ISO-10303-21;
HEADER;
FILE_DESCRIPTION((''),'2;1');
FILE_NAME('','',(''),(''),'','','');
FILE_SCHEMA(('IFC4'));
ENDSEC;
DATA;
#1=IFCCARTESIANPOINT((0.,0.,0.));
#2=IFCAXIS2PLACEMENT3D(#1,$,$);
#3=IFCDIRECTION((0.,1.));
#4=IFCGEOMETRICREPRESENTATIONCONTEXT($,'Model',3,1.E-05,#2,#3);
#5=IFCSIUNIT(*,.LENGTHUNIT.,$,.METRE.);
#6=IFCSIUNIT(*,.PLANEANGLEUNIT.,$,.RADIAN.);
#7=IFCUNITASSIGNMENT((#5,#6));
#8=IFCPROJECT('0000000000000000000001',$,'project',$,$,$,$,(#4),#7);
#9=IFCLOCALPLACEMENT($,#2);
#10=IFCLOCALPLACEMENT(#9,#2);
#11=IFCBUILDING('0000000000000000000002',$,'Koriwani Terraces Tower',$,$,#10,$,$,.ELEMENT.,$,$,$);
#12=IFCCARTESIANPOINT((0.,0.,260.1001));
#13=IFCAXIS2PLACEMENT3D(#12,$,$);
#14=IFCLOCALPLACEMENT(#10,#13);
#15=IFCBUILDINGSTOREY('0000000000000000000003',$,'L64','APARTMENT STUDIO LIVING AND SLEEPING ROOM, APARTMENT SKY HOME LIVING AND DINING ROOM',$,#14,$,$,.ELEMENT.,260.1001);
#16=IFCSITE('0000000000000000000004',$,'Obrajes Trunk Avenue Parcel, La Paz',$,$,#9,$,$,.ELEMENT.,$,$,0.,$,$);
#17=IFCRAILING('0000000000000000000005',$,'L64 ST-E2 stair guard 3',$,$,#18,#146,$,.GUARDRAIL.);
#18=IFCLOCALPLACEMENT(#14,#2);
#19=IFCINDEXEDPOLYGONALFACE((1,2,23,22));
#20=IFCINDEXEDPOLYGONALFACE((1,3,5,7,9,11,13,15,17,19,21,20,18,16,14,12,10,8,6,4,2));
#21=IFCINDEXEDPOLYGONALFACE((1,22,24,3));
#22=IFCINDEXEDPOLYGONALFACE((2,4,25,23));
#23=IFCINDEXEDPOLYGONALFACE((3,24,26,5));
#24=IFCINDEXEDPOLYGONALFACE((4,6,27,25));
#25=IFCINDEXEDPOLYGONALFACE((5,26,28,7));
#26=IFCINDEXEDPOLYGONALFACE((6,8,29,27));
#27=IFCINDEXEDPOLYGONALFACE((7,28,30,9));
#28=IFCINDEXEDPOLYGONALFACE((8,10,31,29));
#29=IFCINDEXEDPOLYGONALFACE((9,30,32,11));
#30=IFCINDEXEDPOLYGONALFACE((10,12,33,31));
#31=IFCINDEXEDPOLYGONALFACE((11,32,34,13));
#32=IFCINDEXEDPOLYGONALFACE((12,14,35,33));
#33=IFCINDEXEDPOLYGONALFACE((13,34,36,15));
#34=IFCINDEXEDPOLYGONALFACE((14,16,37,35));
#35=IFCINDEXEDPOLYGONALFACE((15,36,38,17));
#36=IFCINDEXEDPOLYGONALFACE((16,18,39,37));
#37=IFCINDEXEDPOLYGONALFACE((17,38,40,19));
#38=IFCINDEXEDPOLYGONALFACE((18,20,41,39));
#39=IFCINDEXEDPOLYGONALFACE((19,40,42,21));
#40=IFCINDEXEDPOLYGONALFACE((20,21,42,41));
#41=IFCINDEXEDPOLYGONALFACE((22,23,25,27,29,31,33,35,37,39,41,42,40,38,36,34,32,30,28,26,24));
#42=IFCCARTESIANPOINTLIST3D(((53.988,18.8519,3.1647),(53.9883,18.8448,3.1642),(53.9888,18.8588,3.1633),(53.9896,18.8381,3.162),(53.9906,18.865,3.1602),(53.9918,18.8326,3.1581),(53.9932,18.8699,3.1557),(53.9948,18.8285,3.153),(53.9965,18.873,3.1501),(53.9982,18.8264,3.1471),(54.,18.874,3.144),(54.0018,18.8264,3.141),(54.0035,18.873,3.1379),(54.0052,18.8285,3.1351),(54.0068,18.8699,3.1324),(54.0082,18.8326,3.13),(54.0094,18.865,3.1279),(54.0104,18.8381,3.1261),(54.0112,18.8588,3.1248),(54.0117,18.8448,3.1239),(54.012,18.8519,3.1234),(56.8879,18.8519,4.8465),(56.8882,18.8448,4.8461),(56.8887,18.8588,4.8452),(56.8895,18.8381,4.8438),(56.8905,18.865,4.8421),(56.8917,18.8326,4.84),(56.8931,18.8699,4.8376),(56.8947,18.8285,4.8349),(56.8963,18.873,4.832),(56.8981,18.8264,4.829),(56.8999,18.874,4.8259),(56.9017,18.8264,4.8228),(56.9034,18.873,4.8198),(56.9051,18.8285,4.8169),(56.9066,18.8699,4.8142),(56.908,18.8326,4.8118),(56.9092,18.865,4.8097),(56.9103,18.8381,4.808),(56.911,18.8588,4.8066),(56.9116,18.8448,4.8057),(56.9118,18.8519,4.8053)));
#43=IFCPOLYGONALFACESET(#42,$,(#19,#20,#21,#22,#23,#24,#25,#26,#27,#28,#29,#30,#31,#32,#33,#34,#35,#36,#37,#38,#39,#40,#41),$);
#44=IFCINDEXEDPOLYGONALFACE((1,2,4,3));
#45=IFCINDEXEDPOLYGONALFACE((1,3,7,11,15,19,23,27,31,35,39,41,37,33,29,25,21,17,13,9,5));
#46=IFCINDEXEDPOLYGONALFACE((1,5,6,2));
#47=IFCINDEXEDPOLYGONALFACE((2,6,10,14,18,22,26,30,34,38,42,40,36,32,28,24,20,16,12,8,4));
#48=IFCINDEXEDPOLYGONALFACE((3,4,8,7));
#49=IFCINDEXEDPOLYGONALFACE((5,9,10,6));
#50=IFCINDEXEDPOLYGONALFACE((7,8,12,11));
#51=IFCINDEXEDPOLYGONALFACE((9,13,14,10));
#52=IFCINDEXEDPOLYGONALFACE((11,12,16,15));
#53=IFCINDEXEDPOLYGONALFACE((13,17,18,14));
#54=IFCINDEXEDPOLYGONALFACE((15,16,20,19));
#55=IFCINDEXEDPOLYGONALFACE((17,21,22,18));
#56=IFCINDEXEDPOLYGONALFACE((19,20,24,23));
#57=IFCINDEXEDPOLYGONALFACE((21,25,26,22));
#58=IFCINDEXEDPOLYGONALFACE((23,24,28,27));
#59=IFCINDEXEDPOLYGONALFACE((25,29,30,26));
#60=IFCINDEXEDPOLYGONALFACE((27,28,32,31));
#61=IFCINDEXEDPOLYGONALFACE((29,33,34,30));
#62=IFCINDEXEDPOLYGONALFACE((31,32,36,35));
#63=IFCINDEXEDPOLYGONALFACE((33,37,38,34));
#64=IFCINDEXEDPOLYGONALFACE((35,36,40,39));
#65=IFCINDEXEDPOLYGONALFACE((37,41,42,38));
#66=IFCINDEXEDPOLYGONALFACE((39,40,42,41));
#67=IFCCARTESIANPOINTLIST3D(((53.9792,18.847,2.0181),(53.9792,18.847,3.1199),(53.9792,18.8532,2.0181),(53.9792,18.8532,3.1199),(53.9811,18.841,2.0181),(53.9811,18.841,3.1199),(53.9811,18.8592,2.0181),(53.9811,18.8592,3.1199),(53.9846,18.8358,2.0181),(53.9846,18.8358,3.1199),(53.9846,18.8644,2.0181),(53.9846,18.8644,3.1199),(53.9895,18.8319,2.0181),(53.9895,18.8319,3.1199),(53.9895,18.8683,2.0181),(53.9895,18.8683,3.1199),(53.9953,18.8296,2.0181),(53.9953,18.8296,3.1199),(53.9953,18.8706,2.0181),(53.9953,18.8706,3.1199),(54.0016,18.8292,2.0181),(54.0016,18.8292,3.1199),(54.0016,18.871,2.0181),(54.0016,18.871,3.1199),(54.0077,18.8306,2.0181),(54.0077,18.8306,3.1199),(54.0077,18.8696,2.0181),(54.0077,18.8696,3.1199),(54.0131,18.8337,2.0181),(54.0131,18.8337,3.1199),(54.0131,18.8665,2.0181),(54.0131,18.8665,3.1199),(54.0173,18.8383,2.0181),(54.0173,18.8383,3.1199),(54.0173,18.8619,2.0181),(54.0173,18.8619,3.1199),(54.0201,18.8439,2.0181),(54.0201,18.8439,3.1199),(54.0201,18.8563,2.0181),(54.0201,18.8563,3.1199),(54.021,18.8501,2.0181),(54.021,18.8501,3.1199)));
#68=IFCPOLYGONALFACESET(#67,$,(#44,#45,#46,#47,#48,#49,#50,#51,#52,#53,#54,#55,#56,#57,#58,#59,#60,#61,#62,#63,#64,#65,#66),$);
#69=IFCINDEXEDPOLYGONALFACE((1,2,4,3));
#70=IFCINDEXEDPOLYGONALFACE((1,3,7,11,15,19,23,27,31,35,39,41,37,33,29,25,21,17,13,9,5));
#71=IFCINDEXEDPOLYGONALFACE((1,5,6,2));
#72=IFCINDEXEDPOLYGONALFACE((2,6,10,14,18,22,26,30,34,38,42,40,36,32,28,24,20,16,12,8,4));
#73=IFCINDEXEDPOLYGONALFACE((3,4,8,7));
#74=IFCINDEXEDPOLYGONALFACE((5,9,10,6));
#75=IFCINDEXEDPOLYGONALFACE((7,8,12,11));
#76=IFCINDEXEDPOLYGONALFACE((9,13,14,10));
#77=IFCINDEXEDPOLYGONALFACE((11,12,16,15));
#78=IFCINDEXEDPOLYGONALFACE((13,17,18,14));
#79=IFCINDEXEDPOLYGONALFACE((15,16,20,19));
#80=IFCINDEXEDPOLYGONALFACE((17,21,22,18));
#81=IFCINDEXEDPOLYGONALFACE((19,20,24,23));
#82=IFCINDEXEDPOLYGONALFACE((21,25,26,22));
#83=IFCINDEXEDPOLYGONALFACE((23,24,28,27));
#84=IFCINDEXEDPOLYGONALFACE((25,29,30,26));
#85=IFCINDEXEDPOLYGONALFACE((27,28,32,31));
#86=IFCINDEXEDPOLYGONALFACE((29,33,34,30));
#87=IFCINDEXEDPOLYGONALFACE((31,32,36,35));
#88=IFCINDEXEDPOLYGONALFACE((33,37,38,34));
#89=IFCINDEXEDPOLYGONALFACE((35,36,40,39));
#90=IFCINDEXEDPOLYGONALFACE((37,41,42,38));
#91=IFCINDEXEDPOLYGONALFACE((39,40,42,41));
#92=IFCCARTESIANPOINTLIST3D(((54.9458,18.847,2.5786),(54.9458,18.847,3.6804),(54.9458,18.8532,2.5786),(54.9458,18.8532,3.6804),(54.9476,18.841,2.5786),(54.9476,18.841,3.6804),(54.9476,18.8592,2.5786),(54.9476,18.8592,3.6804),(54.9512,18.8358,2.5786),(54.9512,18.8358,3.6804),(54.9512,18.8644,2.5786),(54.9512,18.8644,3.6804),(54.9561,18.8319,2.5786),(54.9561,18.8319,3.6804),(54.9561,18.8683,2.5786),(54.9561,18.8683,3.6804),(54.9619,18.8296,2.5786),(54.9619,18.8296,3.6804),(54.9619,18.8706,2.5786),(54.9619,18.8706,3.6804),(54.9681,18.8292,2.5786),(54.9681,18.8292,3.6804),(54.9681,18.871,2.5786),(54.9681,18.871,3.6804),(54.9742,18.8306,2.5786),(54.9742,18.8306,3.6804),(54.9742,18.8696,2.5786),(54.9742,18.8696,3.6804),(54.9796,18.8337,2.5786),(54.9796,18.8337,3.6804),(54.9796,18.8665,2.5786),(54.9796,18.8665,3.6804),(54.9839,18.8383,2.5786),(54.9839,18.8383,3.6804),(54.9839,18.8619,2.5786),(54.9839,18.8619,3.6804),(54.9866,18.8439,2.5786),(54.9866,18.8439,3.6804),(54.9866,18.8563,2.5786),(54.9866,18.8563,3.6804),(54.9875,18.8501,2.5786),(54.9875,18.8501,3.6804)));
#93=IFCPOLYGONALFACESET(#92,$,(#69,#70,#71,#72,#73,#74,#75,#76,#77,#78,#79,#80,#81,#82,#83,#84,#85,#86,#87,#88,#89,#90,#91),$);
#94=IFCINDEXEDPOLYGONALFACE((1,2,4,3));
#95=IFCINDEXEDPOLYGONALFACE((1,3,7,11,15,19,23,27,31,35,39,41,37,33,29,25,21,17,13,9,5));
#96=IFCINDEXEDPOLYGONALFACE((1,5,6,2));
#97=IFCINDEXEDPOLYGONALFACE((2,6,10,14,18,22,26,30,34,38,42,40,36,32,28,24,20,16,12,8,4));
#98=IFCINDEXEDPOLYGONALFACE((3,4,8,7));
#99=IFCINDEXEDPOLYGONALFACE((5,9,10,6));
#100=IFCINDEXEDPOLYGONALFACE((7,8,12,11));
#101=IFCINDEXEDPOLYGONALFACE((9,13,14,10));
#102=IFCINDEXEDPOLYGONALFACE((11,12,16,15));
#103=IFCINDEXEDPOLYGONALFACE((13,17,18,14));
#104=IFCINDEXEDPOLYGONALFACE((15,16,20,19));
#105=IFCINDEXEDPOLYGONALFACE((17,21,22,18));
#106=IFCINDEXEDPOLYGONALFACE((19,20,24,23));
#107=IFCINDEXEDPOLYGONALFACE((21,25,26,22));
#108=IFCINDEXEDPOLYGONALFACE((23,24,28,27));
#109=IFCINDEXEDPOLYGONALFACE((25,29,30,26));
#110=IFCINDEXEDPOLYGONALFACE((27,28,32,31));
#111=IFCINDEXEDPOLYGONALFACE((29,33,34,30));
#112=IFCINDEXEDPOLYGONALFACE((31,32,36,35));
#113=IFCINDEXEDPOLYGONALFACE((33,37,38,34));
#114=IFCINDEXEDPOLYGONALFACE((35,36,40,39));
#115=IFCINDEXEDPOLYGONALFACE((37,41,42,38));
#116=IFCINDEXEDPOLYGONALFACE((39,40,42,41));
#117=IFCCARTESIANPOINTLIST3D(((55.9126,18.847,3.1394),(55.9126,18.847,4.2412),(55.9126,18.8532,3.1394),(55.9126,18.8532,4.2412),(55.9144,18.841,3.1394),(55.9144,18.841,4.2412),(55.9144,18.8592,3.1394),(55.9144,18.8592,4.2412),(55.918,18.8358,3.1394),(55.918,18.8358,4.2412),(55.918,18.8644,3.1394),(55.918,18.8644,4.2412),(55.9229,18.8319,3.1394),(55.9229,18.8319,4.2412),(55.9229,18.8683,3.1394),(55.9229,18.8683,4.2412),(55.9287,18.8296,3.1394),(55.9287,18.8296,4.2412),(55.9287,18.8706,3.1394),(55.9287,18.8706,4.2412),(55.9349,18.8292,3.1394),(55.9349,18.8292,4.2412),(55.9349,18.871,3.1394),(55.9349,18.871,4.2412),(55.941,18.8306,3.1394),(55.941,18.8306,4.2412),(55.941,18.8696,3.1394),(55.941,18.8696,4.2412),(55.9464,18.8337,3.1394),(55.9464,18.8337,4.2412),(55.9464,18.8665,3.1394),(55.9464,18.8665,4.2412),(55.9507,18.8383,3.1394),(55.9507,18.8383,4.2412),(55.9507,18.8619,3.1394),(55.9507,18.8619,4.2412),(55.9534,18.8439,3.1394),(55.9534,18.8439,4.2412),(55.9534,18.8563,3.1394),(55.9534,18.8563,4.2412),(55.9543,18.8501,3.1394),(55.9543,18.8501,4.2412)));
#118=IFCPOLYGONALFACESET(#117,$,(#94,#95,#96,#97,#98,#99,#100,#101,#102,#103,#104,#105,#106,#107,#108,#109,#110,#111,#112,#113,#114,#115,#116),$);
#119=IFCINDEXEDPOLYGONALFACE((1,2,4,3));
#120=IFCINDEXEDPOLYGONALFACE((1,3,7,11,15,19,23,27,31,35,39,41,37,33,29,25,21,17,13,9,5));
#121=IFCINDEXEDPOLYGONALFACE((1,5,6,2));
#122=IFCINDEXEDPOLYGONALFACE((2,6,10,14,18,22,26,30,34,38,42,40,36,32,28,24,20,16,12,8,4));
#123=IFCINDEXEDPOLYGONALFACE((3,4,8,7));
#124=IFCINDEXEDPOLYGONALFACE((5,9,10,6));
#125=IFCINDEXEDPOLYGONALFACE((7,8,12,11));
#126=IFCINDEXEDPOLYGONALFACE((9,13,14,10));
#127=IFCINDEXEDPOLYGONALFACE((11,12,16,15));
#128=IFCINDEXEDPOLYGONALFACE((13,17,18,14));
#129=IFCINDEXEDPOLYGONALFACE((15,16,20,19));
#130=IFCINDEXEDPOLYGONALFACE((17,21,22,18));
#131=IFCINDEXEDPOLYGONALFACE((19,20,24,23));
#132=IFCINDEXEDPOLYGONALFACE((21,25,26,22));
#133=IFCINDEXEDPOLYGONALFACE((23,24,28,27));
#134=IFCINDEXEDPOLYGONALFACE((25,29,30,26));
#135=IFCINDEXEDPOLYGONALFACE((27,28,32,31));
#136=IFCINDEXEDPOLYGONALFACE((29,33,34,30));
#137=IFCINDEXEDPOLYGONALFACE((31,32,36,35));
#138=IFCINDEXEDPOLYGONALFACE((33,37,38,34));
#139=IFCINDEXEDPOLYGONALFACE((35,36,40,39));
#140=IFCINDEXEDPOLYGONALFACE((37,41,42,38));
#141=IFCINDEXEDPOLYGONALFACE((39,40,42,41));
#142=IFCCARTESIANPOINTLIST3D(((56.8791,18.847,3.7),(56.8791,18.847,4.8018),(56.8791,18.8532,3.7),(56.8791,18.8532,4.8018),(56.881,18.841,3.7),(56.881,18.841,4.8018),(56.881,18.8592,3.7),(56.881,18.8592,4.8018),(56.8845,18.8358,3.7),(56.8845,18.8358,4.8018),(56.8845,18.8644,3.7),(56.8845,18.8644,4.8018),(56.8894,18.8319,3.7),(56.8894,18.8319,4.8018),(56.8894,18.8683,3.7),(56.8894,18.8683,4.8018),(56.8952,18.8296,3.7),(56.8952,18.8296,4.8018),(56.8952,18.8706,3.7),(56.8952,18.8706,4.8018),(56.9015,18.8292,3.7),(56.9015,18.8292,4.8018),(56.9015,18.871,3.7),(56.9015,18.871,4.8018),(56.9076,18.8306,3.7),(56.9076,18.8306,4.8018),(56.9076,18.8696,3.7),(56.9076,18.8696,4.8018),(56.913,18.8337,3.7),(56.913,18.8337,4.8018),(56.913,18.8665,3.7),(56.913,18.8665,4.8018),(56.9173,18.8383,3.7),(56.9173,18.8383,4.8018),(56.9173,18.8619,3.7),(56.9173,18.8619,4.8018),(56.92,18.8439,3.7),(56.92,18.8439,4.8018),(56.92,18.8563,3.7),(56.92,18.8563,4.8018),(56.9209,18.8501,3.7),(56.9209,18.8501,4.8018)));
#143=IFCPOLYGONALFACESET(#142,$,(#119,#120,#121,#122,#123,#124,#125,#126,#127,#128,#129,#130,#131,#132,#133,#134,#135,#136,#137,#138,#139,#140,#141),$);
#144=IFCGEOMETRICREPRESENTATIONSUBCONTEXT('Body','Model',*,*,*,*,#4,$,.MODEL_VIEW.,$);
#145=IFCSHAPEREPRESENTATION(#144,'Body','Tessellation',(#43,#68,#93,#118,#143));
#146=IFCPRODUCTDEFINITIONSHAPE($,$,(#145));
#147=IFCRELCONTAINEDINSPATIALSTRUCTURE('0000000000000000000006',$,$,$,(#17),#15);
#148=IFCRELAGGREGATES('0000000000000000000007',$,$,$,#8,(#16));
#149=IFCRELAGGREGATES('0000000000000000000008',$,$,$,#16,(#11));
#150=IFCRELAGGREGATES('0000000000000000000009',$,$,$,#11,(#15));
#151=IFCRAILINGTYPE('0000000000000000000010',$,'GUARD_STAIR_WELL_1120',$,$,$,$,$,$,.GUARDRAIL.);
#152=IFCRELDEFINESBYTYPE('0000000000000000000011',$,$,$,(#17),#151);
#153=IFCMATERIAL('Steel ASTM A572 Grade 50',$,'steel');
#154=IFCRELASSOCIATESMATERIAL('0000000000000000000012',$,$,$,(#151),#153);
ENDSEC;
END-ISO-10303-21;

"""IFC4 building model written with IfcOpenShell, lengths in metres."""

from ifc_helpers import new_model, si_unit, direction, frame, origin, origin_2d, place, context, subcontext, project, spatial, circle, extrude, material, type_object, element, save


model = new_model("IFC4")

# Units and contexts
model_context = context("Model", 3, precision=1e-05, world=origin(), true_north=direction((0.0, 1.0)))
body_context = subcontext(model_context, "Body", "Model", "MODEL_VIEW")
ifc_project = project(units=[si_unit("LENGTHUNIT", "METRE"), si_unit("PLANEANGLEUNIT", "RADIAN")], contexts=[model_context])

# Site, building, storey
site_placement = place(None, origin())
site = spatial("IfcSite", under=ifc_project, at=site_placement, Name="Obrajes Trunk Avenue Parcel, La Paz", CompositionType="ELEMENT", RefElevation=0.0)
building_placement = place(site_placement, origin())
building = spatial("IfcBuilding", under=site, at=building_placement, Name="Koriwani Terraces Tower", CompositionType="ELEMENT")
storey_placement = place(building_placement, frame((0.0, 0.0, 260.1001)))
storey = spatial("IfcBuildingStorey", under=building, at=storey_placement, Name="L64", Description="APARTMENT STUDIO LIVING AND SLEEPING ROOM, APARTMENT SKY HOME LIVING AND DINING ROOM", CompositionType="ELEMENT", Elevation=260.1001)

# Shared definitions
ifc_material_1 = material(Name="Steel ASTM A572 Grade 50", Category="steel")

# Railing
railing_type_1 = type_object("IfcRailingType", Name="GUARD_STAIR_WELL_1120", PredefinedType="GUARDRAIL", material=ifc_material_1)
railing_1_placement = place(storey_placement, frame((54.0, 18.8501, 2.0181)))
element("IfcRailing", 1, at=railing_1_placement, inside=storey, type_object=railing_type_1, Name="L64 ST-E2 stair guard 3", PredefinedType="GUARDRAIL", context=body_context, shape_type="SweptSolid", body=[
    extrude(circle(Radius=0.0239, at=origin_2d()), frame((0.0, 0.0, 1.126), z_axis=(0.865039, 0.0, 0.501705), x_axis=(0.0, 1.0, 0.0)), (0.0, 0.0, 1.0), 3.3523),
    extrude(circle(Radius=0.021, at=origin_2d()), origin(), (0.0, 0.0, 1.0), 1.1018),
    extrude(circle(Radius=0.021, at=origin_2d()), frame((0.9666, 0.0, 0.5605)), (0.0, 0.0, 1.0), 1.1018),
    extrude(circle(Radius=0.021, at=origin_2d()), frame((1.9333, 0.0, 1.1213)), (0.0, 0.0, 1.0), 1.1018),
    extrude(circle(Radius=0.021, at=origin_2d()), frame((2.8999, 0.0, 1.6819)), (0.0, 0.0, 1.0), 1.1018),
])

save(model, "model.ifc")
